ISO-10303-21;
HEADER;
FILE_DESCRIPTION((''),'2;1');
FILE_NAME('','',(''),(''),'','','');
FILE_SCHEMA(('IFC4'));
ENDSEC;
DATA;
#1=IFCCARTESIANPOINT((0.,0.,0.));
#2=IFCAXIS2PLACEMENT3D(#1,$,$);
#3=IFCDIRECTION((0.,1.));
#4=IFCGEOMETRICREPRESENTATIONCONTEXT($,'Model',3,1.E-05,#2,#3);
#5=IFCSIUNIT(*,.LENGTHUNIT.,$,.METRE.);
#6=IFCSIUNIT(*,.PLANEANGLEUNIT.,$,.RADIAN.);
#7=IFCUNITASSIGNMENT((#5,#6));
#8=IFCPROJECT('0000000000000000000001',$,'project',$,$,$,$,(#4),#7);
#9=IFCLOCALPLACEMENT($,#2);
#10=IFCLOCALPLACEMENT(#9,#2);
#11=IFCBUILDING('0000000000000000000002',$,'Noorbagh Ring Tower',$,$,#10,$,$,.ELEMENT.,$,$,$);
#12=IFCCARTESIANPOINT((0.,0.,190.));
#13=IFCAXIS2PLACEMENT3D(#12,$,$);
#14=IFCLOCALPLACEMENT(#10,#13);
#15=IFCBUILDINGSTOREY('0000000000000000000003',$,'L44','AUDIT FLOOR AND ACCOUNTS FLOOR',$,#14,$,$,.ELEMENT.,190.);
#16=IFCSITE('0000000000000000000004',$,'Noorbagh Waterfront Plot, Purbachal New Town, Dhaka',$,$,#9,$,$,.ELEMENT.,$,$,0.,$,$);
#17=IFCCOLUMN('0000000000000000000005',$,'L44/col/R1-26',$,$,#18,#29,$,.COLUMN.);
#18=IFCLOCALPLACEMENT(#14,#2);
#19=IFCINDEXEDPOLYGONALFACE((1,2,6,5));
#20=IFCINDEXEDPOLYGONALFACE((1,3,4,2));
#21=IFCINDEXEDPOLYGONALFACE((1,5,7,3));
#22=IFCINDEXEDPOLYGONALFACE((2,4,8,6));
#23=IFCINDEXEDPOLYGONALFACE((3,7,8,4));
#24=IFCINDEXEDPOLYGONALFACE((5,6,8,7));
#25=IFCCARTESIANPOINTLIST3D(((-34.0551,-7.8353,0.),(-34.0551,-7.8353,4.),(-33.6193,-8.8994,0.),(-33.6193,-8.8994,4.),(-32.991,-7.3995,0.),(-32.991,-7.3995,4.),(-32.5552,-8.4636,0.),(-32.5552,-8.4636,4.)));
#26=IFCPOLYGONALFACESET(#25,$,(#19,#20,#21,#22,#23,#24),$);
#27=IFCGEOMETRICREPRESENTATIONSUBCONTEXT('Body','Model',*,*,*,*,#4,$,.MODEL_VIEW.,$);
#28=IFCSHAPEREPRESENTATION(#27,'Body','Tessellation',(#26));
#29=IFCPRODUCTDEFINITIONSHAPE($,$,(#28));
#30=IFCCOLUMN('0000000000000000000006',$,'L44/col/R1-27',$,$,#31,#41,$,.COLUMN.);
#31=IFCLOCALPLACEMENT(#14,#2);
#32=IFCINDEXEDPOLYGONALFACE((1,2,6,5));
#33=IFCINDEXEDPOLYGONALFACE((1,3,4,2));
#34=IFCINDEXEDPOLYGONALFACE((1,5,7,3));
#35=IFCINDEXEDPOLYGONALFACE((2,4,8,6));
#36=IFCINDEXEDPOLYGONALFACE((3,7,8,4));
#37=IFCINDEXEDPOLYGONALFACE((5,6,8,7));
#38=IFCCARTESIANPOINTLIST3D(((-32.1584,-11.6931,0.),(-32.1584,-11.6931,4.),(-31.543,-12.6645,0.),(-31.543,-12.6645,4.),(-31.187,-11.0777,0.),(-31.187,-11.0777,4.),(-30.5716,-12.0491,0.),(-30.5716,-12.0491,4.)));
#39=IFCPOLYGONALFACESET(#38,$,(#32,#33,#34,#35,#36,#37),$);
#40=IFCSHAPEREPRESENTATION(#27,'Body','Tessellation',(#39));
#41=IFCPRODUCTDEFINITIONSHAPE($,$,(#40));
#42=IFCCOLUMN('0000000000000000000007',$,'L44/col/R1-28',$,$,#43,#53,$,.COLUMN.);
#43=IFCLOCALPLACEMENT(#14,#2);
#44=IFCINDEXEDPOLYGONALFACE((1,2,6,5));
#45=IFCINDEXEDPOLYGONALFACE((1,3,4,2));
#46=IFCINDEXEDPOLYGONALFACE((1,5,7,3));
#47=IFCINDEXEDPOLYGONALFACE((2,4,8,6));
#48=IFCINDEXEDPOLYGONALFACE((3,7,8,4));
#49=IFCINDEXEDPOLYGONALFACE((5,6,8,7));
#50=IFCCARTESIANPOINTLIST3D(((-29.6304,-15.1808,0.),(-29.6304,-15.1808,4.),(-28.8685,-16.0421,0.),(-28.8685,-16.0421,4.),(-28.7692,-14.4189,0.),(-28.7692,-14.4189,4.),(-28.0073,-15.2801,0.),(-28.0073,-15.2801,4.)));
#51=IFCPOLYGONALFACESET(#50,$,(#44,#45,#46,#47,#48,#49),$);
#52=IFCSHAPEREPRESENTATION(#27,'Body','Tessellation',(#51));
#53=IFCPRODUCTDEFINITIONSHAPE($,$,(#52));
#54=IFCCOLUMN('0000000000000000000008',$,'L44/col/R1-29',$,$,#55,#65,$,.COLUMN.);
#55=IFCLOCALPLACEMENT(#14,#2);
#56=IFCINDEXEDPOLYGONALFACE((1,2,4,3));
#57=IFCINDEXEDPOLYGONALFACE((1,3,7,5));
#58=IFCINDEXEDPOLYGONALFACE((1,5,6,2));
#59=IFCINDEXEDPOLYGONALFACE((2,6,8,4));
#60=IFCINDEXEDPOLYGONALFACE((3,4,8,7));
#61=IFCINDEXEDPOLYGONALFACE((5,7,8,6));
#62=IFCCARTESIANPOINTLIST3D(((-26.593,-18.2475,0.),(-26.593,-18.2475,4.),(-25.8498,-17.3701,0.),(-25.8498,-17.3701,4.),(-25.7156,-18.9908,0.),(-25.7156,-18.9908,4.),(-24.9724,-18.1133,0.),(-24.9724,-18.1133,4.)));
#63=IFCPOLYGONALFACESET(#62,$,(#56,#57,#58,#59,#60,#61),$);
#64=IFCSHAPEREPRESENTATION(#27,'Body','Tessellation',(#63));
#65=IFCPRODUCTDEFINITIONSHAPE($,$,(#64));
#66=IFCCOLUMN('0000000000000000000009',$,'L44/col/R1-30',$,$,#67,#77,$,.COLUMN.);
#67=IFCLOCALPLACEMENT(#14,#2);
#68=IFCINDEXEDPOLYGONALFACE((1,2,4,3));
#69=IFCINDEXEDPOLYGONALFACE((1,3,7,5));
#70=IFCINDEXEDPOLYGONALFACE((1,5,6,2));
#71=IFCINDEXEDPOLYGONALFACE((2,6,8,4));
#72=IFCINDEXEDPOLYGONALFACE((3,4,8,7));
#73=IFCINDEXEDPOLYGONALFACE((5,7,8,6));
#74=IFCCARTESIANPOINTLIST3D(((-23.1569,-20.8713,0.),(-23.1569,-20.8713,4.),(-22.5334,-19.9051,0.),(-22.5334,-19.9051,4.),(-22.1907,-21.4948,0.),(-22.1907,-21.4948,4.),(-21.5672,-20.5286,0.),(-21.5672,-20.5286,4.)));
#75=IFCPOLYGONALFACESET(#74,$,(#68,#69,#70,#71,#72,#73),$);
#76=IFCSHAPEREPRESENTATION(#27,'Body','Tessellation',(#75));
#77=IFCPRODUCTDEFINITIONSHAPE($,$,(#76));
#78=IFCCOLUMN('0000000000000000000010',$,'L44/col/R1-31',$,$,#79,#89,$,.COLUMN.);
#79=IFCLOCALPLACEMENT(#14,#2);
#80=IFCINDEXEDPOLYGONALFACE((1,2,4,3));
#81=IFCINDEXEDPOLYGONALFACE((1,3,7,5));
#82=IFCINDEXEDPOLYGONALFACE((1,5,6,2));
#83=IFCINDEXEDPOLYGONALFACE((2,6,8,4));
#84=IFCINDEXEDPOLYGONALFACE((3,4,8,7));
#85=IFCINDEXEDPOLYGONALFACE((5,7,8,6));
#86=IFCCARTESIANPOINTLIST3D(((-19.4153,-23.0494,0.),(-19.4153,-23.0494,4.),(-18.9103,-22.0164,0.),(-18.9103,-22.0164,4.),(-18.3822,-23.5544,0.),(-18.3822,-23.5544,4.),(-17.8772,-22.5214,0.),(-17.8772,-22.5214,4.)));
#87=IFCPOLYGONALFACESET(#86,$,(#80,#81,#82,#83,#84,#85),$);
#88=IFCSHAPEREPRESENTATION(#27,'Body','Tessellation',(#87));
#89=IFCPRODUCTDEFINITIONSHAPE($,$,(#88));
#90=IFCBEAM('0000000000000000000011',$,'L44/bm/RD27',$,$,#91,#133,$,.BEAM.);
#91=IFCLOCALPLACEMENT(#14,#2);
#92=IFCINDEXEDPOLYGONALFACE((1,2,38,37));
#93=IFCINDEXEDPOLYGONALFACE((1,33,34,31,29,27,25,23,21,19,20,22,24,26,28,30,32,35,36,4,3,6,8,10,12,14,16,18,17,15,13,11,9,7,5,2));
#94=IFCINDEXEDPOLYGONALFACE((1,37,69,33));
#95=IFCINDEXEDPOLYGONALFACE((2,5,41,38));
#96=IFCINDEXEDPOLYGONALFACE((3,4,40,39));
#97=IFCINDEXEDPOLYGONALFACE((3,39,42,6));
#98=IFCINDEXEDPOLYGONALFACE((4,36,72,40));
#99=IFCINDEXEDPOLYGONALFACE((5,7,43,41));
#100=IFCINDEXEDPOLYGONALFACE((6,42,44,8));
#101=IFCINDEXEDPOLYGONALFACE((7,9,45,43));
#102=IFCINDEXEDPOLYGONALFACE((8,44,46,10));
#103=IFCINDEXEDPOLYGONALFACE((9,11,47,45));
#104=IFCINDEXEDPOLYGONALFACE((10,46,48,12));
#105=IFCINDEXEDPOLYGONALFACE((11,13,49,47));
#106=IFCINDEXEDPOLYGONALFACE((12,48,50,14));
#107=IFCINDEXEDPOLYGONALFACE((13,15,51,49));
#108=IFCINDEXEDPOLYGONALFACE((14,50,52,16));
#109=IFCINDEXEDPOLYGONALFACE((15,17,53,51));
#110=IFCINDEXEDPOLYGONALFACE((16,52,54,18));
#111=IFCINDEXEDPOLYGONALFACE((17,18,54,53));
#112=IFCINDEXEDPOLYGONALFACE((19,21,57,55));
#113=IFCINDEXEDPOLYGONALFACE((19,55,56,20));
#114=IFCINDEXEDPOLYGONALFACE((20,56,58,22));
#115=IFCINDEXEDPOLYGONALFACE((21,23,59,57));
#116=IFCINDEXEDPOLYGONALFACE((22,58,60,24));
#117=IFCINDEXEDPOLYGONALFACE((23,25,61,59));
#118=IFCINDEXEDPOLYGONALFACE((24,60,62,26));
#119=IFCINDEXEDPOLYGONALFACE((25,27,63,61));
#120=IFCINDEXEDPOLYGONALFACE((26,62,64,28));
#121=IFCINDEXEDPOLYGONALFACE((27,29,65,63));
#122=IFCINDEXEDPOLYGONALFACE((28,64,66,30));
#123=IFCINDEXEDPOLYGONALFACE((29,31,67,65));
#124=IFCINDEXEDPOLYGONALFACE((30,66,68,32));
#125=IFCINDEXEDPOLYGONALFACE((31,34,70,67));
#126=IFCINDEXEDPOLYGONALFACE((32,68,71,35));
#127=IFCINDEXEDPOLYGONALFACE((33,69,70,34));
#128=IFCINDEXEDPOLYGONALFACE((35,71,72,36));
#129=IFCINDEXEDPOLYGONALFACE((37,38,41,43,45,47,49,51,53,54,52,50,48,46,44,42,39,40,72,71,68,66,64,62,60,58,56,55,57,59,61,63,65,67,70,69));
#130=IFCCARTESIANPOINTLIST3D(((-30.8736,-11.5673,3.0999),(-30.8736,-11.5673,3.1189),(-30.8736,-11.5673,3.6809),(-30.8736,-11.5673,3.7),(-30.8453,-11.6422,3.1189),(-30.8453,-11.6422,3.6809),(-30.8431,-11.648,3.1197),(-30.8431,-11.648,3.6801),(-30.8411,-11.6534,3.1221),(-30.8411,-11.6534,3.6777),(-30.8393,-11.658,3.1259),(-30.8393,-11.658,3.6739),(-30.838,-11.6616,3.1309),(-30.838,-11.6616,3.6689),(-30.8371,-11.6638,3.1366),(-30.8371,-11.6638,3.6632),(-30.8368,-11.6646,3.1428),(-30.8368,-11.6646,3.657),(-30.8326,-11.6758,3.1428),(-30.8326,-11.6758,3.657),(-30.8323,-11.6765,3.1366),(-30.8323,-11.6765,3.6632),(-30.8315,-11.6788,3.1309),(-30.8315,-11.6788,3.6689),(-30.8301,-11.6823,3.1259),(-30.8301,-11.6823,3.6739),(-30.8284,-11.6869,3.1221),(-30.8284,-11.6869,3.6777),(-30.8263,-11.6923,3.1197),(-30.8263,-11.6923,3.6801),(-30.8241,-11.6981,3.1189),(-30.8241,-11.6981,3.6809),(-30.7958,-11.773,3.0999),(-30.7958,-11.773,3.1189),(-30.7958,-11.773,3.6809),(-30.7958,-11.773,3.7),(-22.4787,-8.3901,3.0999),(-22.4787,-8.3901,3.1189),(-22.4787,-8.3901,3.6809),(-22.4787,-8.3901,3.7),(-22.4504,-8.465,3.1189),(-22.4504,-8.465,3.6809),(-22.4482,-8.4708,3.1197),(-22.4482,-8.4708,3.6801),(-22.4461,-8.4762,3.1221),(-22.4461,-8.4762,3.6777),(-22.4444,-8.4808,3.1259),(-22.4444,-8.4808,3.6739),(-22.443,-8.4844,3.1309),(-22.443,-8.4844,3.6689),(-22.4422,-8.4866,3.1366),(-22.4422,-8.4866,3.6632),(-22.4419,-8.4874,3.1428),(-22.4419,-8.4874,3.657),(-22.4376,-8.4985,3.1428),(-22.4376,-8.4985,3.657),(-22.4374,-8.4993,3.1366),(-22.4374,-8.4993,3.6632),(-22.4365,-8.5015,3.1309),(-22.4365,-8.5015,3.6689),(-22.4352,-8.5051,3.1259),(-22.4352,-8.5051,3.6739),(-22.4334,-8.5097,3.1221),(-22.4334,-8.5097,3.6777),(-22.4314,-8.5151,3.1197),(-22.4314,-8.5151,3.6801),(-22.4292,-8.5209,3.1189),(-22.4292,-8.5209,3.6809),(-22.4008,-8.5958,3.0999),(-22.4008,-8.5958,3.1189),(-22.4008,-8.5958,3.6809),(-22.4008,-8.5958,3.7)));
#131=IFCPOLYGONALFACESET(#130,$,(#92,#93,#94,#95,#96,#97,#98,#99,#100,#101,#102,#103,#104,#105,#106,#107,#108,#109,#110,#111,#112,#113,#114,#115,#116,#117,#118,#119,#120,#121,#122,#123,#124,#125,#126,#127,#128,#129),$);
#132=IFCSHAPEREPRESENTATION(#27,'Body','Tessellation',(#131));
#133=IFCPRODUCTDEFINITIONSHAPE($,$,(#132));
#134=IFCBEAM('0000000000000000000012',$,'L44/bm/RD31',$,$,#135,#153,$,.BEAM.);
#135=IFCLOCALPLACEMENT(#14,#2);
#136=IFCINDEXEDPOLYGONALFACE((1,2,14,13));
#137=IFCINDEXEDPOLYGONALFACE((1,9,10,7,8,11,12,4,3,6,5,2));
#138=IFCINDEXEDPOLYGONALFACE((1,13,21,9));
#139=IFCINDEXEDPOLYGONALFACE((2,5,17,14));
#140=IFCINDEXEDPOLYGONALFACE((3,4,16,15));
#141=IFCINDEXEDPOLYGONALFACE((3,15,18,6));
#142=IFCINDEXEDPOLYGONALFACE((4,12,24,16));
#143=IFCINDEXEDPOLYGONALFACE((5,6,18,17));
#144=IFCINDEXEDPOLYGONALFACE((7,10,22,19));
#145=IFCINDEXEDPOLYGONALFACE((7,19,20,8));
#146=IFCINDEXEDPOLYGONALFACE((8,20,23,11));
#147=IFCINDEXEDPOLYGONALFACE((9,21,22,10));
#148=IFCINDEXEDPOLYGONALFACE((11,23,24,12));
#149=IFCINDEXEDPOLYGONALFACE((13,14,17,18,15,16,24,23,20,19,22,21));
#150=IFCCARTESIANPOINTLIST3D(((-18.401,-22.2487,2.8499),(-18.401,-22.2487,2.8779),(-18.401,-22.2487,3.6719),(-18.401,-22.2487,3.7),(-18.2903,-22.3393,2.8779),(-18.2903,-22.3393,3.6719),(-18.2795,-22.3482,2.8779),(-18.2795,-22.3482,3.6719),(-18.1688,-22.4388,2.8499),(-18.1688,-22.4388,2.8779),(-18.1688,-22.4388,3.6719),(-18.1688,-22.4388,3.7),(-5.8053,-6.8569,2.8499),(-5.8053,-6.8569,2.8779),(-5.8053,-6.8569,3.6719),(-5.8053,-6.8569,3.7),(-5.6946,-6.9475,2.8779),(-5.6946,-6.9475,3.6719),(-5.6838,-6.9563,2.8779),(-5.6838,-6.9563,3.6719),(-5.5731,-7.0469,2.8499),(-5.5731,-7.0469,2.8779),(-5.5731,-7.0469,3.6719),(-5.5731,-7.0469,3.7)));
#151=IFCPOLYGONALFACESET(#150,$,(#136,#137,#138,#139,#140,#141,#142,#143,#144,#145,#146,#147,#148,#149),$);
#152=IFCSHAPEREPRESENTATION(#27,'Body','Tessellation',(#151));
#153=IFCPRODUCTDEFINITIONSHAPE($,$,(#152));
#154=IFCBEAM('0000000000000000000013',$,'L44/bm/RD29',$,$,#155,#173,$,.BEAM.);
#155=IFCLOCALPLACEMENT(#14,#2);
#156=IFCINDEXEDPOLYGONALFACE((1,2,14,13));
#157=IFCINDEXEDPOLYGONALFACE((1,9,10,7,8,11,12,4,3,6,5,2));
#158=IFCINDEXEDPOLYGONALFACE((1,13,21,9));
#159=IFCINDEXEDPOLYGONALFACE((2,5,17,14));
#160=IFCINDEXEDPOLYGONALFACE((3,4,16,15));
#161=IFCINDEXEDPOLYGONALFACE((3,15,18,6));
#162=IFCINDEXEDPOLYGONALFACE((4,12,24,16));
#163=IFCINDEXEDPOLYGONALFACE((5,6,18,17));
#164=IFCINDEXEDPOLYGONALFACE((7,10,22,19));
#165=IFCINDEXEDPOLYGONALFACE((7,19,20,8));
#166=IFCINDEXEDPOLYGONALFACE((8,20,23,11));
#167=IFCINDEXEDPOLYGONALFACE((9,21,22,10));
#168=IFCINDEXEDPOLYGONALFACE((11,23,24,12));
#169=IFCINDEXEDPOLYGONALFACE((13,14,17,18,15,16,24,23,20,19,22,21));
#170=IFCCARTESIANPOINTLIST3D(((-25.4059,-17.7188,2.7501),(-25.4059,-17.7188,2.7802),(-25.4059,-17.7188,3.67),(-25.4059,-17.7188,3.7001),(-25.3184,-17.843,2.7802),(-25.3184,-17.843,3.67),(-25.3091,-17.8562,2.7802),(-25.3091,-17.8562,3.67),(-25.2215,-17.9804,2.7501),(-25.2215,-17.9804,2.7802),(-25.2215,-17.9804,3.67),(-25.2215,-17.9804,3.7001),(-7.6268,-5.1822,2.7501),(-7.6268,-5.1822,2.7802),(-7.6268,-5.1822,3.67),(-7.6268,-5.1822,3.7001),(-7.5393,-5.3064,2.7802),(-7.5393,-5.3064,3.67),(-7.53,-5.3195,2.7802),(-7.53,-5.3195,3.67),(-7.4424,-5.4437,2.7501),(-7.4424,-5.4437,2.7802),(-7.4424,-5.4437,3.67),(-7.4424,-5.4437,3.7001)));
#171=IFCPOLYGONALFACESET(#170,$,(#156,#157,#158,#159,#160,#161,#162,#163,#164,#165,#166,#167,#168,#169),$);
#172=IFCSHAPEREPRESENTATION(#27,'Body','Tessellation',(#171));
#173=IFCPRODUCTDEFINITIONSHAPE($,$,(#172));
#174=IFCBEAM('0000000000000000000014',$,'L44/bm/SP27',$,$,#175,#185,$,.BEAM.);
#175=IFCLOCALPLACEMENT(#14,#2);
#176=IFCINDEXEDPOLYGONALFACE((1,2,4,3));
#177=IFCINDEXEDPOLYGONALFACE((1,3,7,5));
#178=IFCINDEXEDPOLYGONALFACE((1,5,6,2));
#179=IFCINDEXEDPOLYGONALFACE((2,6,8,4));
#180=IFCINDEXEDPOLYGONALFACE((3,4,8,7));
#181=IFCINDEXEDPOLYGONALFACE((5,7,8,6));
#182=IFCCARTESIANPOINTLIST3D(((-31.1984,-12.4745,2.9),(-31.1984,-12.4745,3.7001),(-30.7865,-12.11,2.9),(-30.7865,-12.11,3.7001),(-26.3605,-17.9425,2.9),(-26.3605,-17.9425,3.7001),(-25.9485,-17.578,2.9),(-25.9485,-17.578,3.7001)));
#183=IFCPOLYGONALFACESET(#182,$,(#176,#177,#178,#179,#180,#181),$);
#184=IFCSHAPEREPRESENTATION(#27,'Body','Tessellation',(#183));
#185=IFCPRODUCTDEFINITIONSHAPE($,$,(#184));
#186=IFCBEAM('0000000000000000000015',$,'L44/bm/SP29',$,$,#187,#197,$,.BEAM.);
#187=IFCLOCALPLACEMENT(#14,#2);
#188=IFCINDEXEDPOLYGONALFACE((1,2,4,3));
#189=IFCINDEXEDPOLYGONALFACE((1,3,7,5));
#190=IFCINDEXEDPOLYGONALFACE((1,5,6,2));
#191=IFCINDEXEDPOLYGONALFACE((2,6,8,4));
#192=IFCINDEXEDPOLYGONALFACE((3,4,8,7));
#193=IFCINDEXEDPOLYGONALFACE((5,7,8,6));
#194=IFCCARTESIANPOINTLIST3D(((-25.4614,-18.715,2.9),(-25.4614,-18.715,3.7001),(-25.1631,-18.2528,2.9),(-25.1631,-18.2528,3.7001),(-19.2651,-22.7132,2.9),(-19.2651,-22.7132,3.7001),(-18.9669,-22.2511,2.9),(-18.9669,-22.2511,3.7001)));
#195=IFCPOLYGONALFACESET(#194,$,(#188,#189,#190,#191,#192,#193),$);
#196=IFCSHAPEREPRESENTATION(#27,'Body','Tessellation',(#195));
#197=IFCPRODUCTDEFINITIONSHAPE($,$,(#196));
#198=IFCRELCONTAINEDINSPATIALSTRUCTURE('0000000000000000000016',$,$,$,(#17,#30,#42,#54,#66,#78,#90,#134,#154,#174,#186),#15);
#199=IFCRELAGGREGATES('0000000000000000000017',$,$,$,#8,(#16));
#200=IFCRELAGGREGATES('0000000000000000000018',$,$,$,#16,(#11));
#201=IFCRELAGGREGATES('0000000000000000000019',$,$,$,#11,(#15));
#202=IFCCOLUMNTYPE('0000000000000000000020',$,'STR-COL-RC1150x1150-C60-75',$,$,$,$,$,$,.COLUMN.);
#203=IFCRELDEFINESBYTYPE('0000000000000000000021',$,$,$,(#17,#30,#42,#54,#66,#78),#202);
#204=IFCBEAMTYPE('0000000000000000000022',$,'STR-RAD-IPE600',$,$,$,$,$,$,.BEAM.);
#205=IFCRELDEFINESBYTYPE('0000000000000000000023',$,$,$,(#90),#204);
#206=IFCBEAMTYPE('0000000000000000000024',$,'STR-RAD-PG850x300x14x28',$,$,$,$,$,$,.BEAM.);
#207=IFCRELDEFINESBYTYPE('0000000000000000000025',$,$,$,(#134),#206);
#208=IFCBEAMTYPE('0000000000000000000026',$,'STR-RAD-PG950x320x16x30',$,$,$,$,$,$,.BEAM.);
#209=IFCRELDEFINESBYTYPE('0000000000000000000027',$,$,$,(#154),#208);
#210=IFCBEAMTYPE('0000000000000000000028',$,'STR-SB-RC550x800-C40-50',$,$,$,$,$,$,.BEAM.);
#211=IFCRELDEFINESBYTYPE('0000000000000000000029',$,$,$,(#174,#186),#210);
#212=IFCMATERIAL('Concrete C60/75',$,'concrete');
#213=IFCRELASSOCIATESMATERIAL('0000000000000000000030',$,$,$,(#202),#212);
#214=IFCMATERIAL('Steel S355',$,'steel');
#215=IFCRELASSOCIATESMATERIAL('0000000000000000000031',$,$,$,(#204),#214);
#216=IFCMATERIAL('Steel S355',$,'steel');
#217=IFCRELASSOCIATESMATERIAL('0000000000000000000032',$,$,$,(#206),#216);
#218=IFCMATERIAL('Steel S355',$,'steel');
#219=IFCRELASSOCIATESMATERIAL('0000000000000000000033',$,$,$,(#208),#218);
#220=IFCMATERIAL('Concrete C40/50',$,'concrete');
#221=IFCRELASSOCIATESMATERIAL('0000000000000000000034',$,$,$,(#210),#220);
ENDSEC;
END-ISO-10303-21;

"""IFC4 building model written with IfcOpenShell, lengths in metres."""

from ifc_helpers import new_model, si_unit, direction, frame, origin, origin_2d, place, context, subcontext, project, spatial, rectangle, i_section, extrude, material, material_profile, profile_set, type_object, element, save


model = new_model("IFC4")

# Units and contexts
model_context = context("Model", 3, precision=1e-05, world=origin(), true_north=direction((0.0, 1.0)))
body_context = subcontext(model_context, "Body", "Model", "MODEL_VIEW")
ifc_project = project(units=[si_unit("LENGTHUNIT", "METRE"), si_unit("PLANEANGLEUNIT", "RADIAN")], contexts=[model_context])

# Site, building, storey
site_placement = place(None, origin())
site = spatial("IfcSite", under=ifc_project, at=site_placement, Name="Noorbagh Waterfront Plot, Purbachal New Town, Dhaka", CompositionType="ELEMENT", RefElevation=0.0)
building_placement = place(site_placement, origin())
building = spatial("IfcBuilding", under=site, at=building_placement, Name="Noorbagh Ring Tower", CompositionType="ELEMENT")
storey_placement = place(building_placement, frame((0.0, 0.0, 190.0)))
storey = spatial("IfcBuildingStorey", under=building, at=storey_placement, Name="L44", Description="AUDIT FLOOR AND ACCOUNTS FLOOR", CompositionType="ELEMENT", Elevation=190.0)

# Columns
ifc_material_1 = material(Name="Concrete C60/75", Category="concrete")
ifc_material_profile_1 = material_profile(ifc_material_1, rectangle(XDim=1.1499, YDim=1.1499, at=origin_2d()), Name="RC1150x1150")
ifc_profile_set_1 = profile_set([ifc_material_profile_1], Name="Concrete C60/75")
column_type = type_object("IfcColumnType", Name="STR-COL-RC1150x1150-C60-75", PredefinedType="COLUMN", material=ifc_profile_set_1)
for number, where, z_axis, x_axis, name in (
    (1, (-33.3052, -8.1494, 0.0), (0.0, 0.0, 1.0), (0.378989, -0.925401, 0.0), "L44/col/R1-26"),
    (2, (-31.365, -11.8711, 0.0), (0.0, 0.0, 1.0), (0.53519, -0.844731, 0.0), "L44/col/R1-27"),
    (3, (-28.8188, -15.2305, 0.0), (0.0, 0.0, 1.0), (0.662636, -0.748942, 0.0), "L44/col/R1-28"),
    (4, (-25.7827, -18.1804, 0.0), (0.0, 0.0, 1.0), (0.763035, -0.646357, 0.0), "L44/col/R1-29"),
    (5, (-22.3621, -20.7, 0.0), (0.0, 0.0, 1.0), (0.840248, -0.542203, 0.0), "L44/col/R1-30"),
    (6, (-18.6462, -22.7854, 0.0), (0.0, 0.0, 1.0), (0.898399, -0.43918, 0.0), "L44/col/R1-31"),
):
    element("IfcColumn", number, at=place(storey_placement, frame(where, z_axis=z_axis, x_axis=x_axis)), inside=storey, type_object=column_type, Name=name, PredefinedType="COLUMN", context=body_context, shape_type="SweptSolid", body=[
        extrude(rectangle(XDim=1.1499, YDim=1.1499, at=origin_2d()), origin(), (0.0, 0.0, 1.0), 4.0),
    ])

# Beams
ifc_material_2 = material(Name="Steel S355", Category="steel")
ifc_material_profile_2 = material_profile(ifc_material_2, i_section(OverallWidth=0.22, OverallDepth=0.6001, WebThickness=0.012, FlangeThickness=0.019, FilletRadius=0.0239, at=origin_2d()), Name="IPE600")
ifc_profile_set_2 = profile_set([ifc_material_profile_2], Name="Steel S355")
beam_type_1 = type_object("IfcBeamType", Name="STR-RAD-IPE600", PredefinedType="BEAM", material=ifc_profile_set_2)
beam_1_placement = place(storey_placement, frame((-30.8347, -11.6702, 3.3999), z_axis=(0.935259, 0.353965, 0.0), x_axis=(-0.353965, 0.935259, 0.0)))
element("IfcBeam", 7, at=beam_1_placement, inside=storey, type_object=beam_type_1, Name="L44/bm/RD27", PredefinedType="BEAM", context=body_context, shape_type="SweptSolid", body=[
    extrude(i_section(OverallWidth=0.22, OverallDepth=0.6001, WebThickness=0.012, FlangeThickness=0.019, FilletRadius=0.0239, at=origin_2d()), origin(), (0.0, 0.0, 1.0), 8.9761),
])
ifc_material_3 = material(Name="Steel S355", Category="steel")
ifc_material_profile_3 = material_profile(ifc_material_3, i_section(OverallWidth=0.3, OverallDepth=0.8501, WebThickness=0.0139, FlangeThickness=0.0281, at=origin_2d()), Name="PG850x300x14x28")
ifc_profile_set_3 = profile_set([ifc_material_profile_3], Name="Steel S355")
beam_type_2 = type_object("IfcBeamType", Name="STR-RAD-PG850x300x14x28", PredefinedType="BEAM", material=ifc_profile_set_3)
beam_2_placement = place(storey_placement, frame((-18.2849, -22.3438, 3.2749), z_axis=(0.633309, 0.773899, 0.0), x_axis=(-0.773899, 0.633309, 0.0)))
element("IfcBeam", 8, at=beam_2_placement, inside=storey, type_object=beam_type_2, Name="L44/bm/RD31", PredefinedType="BEAM", context=body_context, shape_type="SweptSolid", body=[
    extrude(i_section(OverallWidth=0.3, OverallDepth=0.8501, WebThickness=0.0139, FlangeThickness=0.0281, at=origin_2d()), origin(), (0.0, 0.0, 1.0), 19.8887),
])
ifc_material_4 = material(Name="Steel S355", Category="steel")
ifc_material_profile_4 = material_profile(ifc_material_4, i_section(OverallWidth=0.3201, OverallDepth=0.95, WebThickness=0.0161, FlangeThickness=0.03, at=origin_2d()), Name="PG950x320x16x30")
ifc_profile_set_4 = profile_set([ifc_material_profile_4], Name="Steel S355")
beam_type_3 = type_object("IfcBeamType", Name="STR-RAD-PG950x320x16x30", PredefinedType="BEAM", material=ifc_profile_set_4)
beam_3_placement = place(storey_placement, frame((-25.3137, -17.8496, 3.2251), z_axis=(0.817256, 0.576275, 0.0), x_axis=(-0.576275, 0.817256, 0.0)))
element("IfcBeam", 9, at=beam_3_placement, inside=storey, type_object=beam_type_3, Name="L44/bm/RD29", PredefinedType="BEAM", context=body_context, shape_type="SweptSolid", body=[
    extrude(i_section(OverallWidth=0.3201, OverallDepth=0.95, WebThickness=0.0161, FlangeThickness=0.03, at=origin_2d()), origin(), (0.0, 0.0, 1.0), 21.7546),
])
ifc_material_5 = material(Name="Concrete C40/50", Category="concrete")
ifc_material_profile_5 = material_profile(ifc_material_5, rectangle(XDim=0.55, YDim=0.8, at=origin_2d()), Name="RC550x800")
ifc_profile_set_5 = profile_set([ifc_material_profile_5], Name="Concrete C40/50")
beam_type_4 = type_object("IfcBeamType", Name="STR-SB-RC550x800-C40-50", PredefinedType="BEAM", material=ifc_profile_set_5)
beam_4_placement = place(storey_placement, frame((-30.9924, -12.2922, 3.3), z_axis=(0.662635, -0.748942, 0.0), x_axis=(0.748942, 0.662635, 0.0)))
element("IfcBeam", 10, at=beam_4_placement, inside=storey, type_object=beam_type_4, Name="L44/bm/SP27", PredefinedType="BEAM", context=body_context, shape_type="SweptSolid", body=[
    extrude(rectangle(XDim=0.55, YDim=0.8, at=origin_2d()), origin(), (0.0, 0.0, 1.0), 7.301),
])
beam_5_placement = place(storey_placement, frame((-25.3123, -18.4839, 3.3), z_axis=(0.840254, -0.542192, 0.0), x_axis=(0.542192, 0.840254, 0.0)))
element("IfcBeam", 11, at=beam_5_placement, inside=storey, type_object=beam_type_4, Name="L44/bm/SP29", PredefinedType="BEAM", context=body_context, shape_type="SweptSolid", body=[
    extrude(rectangle(XDim=0.55, YDim=0.8, at=origin_2d()), origin(), (0.0, 0.0, 1.0), 7.3743),
])

save(model, "model.ifc")
